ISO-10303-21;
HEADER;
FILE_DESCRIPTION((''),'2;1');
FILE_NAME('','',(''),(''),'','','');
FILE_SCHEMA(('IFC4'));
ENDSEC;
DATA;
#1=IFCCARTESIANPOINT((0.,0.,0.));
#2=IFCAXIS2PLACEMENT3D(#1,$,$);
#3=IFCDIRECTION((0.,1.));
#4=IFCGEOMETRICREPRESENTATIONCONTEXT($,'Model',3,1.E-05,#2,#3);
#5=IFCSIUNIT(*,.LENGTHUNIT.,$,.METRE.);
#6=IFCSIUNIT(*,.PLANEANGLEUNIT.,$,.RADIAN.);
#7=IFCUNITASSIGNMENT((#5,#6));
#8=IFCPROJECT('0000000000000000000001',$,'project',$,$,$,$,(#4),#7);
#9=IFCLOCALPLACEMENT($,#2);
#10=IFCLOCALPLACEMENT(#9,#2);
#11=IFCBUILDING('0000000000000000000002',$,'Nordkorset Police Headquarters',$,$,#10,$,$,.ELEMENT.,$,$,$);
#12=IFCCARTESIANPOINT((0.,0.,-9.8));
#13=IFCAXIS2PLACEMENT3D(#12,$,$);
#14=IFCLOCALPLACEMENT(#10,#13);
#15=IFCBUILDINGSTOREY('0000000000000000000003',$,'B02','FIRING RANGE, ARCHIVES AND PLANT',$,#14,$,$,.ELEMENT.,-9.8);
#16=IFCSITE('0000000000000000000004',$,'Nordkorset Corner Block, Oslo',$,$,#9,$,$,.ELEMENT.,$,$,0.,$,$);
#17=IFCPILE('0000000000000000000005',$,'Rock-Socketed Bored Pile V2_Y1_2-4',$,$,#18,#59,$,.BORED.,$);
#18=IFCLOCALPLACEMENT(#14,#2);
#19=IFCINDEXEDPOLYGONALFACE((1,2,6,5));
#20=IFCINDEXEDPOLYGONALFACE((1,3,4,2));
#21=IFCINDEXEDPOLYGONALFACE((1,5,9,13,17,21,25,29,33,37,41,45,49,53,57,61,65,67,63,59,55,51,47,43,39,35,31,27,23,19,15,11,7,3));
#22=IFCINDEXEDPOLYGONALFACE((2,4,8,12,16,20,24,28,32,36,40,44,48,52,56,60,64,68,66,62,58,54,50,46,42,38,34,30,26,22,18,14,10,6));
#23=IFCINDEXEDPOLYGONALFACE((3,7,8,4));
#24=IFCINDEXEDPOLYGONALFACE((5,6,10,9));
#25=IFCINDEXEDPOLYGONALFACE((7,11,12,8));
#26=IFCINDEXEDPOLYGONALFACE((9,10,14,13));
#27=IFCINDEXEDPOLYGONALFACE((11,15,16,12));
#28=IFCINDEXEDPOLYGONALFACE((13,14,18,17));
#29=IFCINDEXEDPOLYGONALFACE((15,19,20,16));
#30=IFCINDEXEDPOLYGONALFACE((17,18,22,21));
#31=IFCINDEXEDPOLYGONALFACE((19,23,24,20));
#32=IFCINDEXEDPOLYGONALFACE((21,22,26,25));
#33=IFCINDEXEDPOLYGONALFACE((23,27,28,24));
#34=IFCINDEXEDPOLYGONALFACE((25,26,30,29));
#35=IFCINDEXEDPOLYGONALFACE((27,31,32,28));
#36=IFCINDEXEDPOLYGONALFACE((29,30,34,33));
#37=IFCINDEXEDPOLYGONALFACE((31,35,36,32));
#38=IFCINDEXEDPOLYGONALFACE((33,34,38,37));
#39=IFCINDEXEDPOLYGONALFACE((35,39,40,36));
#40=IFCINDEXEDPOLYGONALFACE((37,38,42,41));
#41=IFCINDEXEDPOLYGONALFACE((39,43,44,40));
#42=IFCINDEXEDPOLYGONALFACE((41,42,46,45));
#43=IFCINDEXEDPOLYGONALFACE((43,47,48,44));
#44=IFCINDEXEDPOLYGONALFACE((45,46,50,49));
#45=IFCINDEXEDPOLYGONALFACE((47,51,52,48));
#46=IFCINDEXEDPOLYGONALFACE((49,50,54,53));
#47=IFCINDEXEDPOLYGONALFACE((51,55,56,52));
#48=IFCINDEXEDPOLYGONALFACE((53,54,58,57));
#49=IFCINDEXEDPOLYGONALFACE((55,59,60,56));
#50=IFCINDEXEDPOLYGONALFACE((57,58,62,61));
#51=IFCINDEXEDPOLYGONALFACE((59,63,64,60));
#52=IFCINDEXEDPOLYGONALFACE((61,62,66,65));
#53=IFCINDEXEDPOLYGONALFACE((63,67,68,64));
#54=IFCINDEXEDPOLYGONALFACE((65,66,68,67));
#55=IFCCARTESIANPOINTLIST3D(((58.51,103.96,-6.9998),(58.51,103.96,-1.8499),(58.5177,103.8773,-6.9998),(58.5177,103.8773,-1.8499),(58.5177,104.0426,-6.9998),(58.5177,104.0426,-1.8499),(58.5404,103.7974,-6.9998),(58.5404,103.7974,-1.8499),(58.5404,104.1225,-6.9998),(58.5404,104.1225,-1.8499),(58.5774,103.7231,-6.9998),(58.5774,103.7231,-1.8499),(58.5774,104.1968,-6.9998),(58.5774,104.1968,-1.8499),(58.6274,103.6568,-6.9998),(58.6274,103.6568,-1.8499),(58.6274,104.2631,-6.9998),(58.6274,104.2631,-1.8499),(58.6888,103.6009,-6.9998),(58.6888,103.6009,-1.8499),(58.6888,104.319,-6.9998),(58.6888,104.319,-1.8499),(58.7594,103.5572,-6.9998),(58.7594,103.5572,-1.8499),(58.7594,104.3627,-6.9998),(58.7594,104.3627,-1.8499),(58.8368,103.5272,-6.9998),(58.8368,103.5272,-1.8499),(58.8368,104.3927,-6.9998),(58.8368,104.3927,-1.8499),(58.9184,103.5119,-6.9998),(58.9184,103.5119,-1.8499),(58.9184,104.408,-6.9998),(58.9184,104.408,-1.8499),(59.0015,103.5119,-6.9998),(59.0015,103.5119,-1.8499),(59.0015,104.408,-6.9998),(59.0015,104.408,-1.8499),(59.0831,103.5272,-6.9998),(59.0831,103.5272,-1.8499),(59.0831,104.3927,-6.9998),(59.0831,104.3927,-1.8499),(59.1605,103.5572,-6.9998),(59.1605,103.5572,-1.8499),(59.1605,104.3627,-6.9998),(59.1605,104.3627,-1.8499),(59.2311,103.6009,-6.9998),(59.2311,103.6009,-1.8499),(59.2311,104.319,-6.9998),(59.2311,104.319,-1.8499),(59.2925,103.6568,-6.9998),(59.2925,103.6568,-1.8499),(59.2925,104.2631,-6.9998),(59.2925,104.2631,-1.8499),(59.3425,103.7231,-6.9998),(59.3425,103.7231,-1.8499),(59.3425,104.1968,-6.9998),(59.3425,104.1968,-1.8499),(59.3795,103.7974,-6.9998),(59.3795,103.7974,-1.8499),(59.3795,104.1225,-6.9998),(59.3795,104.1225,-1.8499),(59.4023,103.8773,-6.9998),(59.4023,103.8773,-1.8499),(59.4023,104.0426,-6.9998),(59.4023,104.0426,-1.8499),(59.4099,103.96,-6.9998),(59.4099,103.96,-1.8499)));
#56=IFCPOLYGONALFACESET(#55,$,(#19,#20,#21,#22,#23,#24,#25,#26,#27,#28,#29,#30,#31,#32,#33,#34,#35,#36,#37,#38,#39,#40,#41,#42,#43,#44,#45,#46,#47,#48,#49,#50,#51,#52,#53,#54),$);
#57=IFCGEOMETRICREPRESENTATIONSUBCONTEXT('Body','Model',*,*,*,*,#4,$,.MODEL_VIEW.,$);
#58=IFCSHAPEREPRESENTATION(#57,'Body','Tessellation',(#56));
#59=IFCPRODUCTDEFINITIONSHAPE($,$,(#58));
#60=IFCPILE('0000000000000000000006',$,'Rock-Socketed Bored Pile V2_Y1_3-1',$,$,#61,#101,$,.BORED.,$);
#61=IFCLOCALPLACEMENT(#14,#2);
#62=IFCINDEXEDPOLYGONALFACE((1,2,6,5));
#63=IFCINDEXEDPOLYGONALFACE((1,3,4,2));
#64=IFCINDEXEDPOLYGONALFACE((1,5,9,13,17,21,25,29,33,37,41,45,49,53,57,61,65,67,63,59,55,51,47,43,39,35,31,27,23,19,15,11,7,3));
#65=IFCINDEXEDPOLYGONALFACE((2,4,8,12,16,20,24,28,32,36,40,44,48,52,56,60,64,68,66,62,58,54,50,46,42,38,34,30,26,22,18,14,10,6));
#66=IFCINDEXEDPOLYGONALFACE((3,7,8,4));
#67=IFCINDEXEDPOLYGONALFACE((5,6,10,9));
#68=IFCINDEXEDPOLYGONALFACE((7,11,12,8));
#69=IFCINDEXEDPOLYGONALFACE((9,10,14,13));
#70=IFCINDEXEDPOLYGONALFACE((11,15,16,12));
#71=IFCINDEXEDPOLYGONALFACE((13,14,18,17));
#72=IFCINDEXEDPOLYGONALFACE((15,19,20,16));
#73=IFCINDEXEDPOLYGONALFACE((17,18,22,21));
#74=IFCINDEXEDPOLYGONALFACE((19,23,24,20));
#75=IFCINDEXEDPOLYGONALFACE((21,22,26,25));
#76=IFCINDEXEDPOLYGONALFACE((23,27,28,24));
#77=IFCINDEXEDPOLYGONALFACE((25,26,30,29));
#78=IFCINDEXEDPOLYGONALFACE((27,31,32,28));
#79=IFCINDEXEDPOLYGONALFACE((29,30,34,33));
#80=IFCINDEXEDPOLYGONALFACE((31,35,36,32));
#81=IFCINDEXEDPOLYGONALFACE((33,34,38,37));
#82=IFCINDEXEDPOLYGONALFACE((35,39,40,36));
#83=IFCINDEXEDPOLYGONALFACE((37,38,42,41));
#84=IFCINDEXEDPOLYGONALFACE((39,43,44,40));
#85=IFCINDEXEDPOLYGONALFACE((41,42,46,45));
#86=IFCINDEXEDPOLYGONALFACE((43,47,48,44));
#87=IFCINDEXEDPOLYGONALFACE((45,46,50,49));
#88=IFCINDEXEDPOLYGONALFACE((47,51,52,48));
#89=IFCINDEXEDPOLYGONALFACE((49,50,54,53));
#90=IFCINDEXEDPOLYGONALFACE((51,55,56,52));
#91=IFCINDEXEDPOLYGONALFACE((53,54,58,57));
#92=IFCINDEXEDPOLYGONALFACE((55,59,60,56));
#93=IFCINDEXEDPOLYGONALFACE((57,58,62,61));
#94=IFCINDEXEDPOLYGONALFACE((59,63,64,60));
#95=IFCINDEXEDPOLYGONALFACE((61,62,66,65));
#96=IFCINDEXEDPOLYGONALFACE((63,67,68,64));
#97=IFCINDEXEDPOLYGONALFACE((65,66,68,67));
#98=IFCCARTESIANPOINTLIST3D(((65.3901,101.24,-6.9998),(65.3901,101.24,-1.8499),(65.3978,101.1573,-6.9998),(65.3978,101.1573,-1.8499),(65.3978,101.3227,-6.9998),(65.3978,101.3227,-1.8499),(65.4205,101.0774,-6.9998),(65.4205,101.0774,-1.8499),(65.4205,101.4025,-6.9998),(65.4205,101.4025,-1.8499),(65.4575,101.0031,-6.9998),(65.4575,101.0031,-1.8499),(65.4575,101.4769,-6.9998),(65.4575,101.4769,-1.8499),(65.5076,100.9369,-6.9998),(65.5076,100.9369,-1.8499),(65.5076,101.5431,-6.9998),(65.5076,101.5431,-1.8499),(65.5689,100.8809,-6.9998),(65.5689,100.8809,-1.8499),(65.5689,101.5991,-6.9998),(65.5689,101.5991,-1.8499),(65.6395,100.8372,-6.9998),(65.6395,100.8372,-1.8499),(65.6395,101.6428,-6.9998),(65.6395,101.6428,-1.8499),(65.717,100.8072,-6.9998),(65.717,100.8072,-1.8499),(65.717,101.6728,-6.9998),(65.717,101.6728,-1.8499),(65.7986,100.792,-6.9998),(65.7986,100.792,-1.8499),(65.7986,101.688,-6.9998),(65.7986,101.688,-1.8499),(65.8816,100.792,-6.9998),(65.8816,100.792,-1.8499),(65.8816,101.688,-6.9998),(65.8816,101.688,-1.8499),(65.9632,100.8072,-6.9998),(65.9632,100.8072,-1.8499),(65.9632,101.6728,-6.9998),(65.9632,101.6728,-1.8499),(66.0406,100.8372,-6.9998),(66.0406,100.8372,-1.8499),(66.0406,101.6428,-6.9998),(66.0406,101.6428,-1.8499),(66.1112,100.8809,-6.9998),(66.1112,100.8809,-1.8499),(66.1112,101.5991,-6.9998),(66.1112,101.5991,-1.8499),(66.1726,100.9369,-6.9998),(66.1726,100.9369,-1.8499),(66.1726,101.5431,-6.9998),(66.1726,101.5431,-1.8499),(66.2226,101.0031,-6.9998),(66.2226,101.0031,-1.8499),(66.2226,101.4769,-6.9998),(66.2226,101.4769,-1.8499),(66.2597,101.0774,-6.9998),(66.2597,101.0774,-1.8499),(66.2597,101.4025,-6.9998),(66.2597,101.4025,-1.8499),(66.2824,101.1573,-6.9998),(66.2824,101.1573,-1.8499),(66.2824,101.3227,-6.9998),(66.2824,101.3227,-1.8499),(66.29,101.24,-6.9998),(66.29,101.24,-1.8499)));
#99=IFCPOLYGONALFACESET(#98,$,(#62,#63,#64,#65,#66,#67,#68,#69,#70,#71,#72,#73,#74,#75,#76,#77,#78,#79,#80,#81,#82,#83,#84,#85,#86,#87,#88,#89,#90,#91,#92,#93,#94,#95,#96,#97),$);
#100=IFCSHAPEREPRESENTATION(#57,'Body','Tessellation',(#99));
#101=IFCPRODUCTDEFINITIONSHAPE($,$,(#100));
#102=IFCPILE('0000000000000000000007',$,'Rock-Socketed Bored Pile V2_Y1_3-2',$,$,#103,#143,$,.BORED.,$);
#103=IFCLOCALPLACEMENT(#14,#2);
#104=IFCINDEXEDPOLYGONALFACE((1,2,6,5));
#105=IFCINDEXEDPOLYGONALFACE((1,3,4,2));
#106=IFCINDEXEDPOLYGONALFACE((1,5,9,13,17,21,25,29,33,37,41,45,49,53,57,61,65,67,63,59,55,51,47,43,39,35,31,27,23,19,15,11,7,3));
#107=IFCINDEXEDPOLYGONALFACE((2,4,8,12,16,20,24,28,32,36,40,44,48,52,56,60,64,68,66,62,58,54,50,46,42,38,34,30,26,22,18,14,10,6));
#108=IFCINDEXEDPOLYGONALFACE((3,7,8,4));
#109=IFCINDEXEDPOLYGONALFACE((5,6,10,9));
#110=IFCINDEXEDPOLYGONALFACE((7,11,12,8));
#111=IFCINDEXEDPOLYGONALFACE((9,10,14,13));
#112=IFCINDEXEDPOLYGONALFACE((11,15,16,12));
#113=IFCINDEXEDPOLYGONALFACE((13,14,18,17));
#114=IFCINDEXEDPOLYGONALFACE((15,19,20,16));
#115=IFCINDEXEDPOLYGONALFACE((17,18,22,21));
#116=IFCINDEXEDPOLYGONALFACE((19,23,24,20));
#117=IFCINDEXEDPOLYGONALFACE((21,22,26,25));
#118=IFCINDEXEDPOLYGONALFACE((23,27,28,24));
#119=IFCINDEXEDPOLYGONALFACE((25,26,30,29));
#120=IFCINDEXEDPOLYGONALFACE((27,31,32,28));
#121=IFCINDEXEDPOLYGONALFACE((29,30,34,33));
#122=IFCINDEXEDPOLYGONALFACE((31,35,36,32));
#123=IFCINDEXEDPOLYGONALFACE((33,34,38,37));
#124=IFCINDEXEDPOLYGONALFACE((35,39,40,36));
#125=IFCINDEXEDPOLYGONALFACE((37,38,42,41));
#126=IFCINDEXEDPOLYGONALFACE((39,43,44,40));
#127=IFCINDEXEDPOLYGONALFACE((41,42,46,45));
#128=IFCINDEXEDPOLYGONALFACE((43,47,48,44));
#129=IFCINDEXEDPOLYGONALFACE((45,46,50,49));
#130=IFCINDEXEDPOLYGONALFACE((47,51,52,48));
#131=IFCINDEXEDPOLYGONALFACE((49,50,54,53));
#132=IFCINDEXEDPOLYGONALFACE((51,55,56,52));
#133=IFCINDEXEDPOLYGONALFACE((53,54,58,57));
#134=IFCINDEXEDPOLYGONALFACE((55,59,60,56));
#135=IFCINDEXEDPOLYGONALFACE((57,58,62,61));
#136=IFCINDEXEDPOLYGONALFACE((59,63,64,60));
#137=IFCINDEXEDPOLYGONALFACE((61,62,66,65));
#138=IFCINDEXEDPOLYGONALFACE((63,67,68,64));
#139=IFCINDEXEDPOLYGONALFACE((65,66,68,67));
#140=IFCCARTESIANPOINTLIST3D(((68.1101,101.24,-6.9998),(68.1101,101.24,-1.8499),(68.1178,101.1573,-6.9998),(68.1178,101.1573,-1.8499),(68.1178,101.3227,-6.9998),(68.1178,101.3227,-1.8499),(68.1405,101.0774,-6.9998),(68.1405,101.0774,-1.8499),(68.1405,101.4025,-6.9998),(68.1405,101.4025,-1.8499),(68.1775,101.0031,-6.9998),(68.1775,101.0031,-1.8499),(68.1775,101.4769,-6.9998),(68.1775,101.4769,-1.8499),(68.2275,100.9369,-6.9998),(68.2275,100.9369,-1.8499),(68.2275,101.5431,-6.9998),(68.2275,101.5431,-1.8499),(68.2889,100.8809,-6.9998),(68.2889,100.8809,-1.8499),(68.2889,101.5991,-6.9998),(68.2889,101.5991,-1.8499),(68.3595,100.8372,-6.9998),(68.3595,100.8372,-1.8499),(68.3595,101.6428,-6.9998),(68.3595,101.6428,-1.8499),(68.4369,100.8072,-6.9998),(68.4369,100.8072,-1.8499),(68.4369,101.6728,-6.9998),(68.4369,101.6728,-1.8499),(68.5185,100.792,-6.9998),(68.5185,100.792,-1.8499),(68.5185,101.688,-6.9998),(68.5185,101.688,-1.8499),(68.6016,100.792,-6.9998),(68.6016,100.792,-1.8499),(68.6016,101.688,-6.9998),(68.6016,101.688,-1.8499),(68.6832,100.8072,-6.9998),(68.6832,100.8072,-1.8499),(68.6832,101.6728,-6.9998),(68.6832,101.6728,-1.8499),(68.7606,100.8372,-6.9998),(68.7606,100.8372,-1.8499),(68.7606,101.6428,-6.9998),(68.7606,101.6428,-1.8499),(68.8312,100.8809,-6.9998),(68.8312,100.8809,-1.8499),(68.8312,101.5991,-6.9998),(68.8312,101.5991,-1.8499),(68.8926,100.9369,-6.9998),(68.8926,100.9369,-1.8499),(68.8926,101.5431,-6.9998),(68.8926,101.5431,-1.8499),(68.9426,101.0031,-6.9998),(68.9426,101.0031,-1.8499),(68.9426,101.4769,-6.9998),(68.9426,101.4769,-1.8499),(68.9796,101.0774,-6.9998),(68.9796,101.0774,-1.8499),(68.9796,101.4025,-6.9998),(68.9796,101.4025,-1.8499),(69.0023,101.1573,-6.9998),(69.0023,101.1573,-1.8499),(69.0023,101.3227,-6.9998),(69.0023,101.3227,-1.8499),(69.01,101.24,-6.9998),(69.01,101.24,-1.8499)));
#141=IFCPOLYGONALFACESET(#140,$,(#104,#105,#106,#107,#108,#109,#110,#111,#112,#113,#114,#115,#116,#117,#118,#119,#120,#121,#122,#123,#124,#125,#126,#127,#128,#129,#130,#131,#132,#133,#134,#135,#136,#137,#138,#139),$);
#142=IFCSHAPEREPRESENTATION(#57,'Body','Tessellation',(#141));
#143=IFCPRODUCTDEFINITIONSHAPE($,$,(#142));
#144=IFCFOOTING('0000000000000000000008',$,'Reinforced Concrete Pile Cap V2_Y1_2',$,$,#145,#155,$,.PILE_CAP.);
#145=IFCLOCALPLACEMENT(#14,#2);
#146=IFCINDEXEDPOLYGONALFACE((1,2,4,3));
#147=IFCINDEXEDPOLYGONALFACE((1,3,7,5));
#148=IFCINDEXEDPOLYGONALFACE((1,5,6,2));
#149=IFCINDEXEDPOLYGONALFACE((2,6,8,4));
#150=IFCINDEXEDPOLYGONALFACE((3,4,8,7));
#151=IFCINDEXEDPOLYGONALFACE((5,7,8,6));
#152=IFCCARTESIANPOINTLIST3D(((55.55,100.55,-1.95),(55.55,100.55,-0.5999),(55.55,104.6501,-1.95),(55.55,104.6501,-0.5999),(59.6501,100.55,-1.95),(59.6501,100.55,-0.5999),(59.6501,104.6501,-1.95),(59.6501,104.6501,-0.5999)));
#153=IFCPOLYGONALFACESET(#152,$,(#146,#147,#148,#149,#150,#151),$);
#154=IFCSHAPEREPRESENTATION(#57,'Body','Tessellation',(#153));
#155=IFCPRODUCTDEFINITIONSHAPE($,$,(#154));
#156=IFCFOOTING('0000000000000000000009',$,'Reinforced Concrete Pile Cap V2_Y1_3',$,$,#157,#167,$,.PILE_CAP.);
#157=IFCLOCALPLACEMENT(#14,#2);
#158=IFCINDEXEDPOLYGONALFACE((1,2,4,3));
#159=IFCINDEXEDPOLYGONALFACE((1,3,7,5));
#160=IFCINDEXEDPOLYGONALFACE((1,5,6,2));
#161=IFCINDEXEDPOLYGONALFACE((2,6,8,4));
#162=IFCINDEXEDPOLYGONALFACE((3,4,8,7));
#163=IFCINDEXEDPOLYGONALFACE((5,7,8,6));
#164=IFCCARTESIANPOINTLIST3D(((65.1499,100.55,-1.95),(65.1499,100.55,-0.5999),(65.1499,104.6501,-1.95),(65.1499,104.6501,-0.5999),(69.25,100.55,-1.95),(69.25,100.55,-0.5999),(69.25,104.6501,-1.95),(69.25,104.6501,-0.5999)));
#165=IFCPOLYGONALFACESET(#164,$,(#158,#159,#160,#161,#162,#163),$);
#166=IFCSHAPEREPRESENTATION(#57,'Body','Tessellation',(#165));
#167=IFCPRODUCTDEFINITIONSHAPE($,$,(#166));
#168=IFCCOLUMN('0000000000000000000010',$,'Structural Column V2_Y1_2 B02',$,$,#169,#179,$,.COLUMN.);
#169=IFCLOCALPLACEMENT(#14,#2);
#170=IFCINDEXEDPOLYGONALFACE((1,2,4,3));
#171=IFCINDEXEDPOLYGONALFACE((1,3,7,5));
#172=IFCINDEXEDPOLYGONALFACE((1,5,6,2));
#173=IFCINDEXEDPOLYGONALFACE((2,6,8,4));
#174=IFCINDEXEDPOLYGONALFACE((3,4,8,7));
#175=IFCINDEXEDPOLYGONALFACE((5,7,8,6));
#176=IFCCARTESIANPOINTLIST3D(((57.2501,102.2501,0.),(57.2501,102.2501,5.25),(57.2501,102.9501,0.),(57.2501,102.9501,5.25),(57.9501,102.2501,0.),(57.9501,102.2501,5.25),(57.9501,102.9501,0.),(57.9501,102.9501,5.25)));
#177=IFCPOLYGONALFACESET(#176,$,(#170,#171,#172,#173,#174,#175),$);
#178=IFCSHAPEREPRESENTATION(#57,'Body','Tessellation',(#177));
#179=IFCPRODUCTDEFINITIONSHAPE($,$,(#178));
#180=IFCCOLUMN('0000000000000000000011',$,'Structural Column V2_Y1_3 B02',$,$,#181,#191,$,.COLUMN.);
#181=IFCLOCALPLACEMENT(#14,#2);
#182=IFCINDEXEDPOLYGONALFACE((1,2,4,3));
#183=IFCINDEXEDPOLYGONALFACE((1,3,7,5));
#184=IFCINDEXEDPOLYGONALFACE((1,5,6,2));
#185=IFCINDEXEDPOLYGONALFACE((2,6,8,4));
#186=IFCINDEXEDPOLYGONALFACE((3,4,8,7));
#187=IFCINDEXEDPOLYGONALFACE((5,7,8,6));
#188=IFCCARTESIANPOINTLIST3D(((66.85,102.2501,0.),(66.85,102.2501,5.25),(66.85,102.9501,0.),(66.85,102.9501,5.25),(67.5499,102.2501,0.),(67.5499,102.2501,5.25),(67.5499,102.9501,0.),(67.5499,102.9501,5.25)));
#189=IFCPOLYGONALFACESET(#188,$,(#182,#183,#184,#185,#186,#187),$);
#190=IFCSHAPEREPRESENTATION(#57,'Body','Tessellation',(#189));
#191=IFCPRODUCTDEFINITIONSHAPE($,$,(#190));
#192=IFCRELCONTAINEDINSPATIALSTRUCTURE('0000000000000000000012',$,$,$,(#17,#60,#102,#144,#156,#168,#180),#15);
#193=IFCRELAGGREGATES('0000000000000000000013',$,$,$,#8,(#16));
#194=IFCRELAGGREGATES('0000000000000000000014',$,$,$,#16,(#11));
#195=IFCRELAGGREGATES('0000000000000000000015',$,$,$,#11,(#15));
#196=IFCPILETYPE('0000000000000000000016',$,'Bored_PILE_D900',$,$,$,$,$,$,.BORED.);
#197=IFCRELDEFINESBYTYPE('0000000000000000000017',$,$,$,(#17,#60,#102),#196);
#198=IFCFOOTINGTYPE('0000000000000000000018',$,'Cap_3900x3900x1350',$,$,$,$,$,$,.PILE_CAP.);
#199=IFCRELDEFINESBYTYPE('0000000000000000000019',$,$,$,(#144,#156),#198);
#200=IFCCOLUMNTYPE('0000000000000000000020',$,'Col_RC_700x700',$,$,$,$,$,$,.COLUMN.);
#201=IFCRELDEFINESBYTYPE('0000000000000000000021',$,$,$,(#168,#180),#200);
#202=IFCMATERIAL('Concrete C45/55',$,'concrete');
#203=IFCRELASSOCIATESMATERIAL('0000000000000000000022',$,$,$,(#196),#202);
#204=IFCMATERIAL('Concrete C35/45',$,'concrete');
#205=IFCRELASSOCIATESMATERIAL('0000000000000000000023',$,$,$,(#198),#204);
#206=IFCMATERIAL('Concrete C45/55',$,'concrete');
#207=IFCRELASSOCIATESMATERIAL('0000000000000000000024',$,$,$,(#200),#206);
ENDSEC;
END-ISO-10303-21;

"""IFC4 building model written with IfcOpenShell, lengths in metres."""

from ifc_helpers import new_model, si_unit, direction, frame, origin, origin_2d, place, context, subcontext, project, spatial, rectangle, circle, extrude, material, material_profile, profile_set, type_object, element, save


model = new_model("IFC4")

# Units and contexts
model_context = context("Model", 3, precision=1e-05, world=origin(), true_north=direction((0.0, 1.0)))
body_context = subcontext(model_context, "Body", "Model", "MODEL_VIEW")
ifc_project = project(units=[si_unit("LENGTHUNIT", "METRE"), si_unit("PLANEANGLEUNIT", "RADIAN")], contexts=[model_context])

# Site, building, storey
site_placement = place(None, origin())
site = spatial("IfcSite", under=ifc_project, at=site_placement, Name="Nordkorset Corner Block, Oslo", CompositionType="ELEMENT", RefElevation=0.0)
building_placement = place(site_placement, origin())
building = spatial("IfcBuilding", under=site, at=building_placement, Name="Nordkorset Police Headquarters", CompositionType="ELEMENT")
storey_placement = place(building_placement, frame((0.0, 0.0, -9.8)))
storey = spatial("IfcBuildingStorey", under=building, at=storey_placement, Name="B02", Description="FIRING RANGE, ARCHIVES AND PLANT", CompositionType="ELEMENT", Elevation=-9.8)

# Piles
ifc_material_1 = material(Name="Concrete C45/55", Category="concrete")
ifc_material_profile_1 = material_profile(ifc_material_1, circle(Radius=0.45, at=origin_2d()), Name="PILE D900")
ifc_profile_set_1 = profile_set([ifc_material_profile_1], Name="Concrete C45/55")
pile_type_1 = type_object("IfcPileType", Name="Bored_PILE_D900", PredefinedType="BORED", material=ifc_profile_set_1)
for number, where, z_axis, x_axis, name in (
    (1, (58.96, 103.96, -1.8499), (0.0, 0.0, -1.0), (1.0, 0.0, 0.0), "Rock-Socketed Bored Pile V2_Y1_2-4"),
    (2, (65.8401, 101.24, -1.8499), (0.0, 0.0, -1.0), (1.0, 0.0, 0.0), "Rock-Socketed Bored Pile V2_Y1_3-1"),
    (3, (68.5601, 101.24, -1.8499), (0.0, 0.0, -1.0), (1.0, 0.0, 0.0), "Rock-Socketed Bored Pile V2_Y1_3-2"),
):
    element("IfcPile", number, at=place(storey_placement, frame(where, z_axis=z_axis, x_axis=x_axis)), inside=storey, type_object=pile_type_1, Name=name, PredefinedType="BORED", context=body_context, shape_type="SweptSolid", body=[
        extrude(circle(Radius=0.45, at=origin_2d()), origin(), (0.0, 0.0, 1.0), 5.1499),
    ])

# Footings
ifc_material_2 = material(Name="Concrete C35/45", Category="concrete")
footing_type = type_object("IfcFootingType", Name="Cap_3900x3900x1350", PredefinedType="PILE_CAP", material=ifc_material_2)
for number, where, z_axis, x_axis, name in (
    (4, (57.6001, 102.6001, -1.95), (0.0, 0.0, 1.0), (1.0, 0.0, 0.0), "Reinforced Concrete Pile Cap V2_Y1_2"),
    (5, (67.2, 102.6001, -1.95), (0.0, 0.0, 1.0), (1.0, 0.0, 0.0), "Reinforced Concrete Pile Cap V2_Y1_3"),
):
    element("IfcFooting", number, at=place(storey_placement, frame(where, z_axis=z_axis, x_axis=x_axis)), inside=storey, type_object=footing_type, Name=name, PredefinedType="PILE_CAP", context=body_context, shape_type="SweptSolid", body=[
        extrude(rectangle(XDim=4.1001, YDim=4.1001, at=origin_2d()), origin(), (0.0, 0.0, 1.0), 1.3501),
    ])

# Columns
ifc_material_3 = material(Name="Concrete C45/55", Category="concrete")
ifc_material_profile_2 = material_profile(ifc_material_3, rectangle(XDim=0.7, YDim=0.7, at=origin_2d()), Name="RC 700x700")
ifc_profile_set_2 = profile_set([ifc_material_profile_2], Name="Concrete C45/55")
column_type = type_object("IfcColumnType", Name="Col_RC_700x700", PredefinedType="COLUMN", material=ifc_profile_set_2)
for number, where, z_axis, x_axis, name in (
    (6, (57.6001, 102.6001, 0.0), (0.0, 0.0, 1.0), (1.0, 0.0, 0.0), "Structural Column V2_Y1_2 B02"),
    (7, (67.2, 102.6001, 0.0), (0.0, 0.0, 1.0), (1.0, 0.0, 0.0), "Structural Column V2_Y1_3 B02"),
):
    element("IfcColumn", number, at=place(storey_placement, frame(where, z_axis=z_axis, x_axis=x_axis)), inside=storey, type_object=column_type, Name=name, PredefinedType="COLUMN", context=body_context, shape_type="SweptSolid", body=[
        extrude(rectangle(XDim=0.7, YDim=0.7, at=origin_2d()), origin(), (0.0, 0.0, 1.0), 5.25),
    ])

save(model, "model.ifc")
